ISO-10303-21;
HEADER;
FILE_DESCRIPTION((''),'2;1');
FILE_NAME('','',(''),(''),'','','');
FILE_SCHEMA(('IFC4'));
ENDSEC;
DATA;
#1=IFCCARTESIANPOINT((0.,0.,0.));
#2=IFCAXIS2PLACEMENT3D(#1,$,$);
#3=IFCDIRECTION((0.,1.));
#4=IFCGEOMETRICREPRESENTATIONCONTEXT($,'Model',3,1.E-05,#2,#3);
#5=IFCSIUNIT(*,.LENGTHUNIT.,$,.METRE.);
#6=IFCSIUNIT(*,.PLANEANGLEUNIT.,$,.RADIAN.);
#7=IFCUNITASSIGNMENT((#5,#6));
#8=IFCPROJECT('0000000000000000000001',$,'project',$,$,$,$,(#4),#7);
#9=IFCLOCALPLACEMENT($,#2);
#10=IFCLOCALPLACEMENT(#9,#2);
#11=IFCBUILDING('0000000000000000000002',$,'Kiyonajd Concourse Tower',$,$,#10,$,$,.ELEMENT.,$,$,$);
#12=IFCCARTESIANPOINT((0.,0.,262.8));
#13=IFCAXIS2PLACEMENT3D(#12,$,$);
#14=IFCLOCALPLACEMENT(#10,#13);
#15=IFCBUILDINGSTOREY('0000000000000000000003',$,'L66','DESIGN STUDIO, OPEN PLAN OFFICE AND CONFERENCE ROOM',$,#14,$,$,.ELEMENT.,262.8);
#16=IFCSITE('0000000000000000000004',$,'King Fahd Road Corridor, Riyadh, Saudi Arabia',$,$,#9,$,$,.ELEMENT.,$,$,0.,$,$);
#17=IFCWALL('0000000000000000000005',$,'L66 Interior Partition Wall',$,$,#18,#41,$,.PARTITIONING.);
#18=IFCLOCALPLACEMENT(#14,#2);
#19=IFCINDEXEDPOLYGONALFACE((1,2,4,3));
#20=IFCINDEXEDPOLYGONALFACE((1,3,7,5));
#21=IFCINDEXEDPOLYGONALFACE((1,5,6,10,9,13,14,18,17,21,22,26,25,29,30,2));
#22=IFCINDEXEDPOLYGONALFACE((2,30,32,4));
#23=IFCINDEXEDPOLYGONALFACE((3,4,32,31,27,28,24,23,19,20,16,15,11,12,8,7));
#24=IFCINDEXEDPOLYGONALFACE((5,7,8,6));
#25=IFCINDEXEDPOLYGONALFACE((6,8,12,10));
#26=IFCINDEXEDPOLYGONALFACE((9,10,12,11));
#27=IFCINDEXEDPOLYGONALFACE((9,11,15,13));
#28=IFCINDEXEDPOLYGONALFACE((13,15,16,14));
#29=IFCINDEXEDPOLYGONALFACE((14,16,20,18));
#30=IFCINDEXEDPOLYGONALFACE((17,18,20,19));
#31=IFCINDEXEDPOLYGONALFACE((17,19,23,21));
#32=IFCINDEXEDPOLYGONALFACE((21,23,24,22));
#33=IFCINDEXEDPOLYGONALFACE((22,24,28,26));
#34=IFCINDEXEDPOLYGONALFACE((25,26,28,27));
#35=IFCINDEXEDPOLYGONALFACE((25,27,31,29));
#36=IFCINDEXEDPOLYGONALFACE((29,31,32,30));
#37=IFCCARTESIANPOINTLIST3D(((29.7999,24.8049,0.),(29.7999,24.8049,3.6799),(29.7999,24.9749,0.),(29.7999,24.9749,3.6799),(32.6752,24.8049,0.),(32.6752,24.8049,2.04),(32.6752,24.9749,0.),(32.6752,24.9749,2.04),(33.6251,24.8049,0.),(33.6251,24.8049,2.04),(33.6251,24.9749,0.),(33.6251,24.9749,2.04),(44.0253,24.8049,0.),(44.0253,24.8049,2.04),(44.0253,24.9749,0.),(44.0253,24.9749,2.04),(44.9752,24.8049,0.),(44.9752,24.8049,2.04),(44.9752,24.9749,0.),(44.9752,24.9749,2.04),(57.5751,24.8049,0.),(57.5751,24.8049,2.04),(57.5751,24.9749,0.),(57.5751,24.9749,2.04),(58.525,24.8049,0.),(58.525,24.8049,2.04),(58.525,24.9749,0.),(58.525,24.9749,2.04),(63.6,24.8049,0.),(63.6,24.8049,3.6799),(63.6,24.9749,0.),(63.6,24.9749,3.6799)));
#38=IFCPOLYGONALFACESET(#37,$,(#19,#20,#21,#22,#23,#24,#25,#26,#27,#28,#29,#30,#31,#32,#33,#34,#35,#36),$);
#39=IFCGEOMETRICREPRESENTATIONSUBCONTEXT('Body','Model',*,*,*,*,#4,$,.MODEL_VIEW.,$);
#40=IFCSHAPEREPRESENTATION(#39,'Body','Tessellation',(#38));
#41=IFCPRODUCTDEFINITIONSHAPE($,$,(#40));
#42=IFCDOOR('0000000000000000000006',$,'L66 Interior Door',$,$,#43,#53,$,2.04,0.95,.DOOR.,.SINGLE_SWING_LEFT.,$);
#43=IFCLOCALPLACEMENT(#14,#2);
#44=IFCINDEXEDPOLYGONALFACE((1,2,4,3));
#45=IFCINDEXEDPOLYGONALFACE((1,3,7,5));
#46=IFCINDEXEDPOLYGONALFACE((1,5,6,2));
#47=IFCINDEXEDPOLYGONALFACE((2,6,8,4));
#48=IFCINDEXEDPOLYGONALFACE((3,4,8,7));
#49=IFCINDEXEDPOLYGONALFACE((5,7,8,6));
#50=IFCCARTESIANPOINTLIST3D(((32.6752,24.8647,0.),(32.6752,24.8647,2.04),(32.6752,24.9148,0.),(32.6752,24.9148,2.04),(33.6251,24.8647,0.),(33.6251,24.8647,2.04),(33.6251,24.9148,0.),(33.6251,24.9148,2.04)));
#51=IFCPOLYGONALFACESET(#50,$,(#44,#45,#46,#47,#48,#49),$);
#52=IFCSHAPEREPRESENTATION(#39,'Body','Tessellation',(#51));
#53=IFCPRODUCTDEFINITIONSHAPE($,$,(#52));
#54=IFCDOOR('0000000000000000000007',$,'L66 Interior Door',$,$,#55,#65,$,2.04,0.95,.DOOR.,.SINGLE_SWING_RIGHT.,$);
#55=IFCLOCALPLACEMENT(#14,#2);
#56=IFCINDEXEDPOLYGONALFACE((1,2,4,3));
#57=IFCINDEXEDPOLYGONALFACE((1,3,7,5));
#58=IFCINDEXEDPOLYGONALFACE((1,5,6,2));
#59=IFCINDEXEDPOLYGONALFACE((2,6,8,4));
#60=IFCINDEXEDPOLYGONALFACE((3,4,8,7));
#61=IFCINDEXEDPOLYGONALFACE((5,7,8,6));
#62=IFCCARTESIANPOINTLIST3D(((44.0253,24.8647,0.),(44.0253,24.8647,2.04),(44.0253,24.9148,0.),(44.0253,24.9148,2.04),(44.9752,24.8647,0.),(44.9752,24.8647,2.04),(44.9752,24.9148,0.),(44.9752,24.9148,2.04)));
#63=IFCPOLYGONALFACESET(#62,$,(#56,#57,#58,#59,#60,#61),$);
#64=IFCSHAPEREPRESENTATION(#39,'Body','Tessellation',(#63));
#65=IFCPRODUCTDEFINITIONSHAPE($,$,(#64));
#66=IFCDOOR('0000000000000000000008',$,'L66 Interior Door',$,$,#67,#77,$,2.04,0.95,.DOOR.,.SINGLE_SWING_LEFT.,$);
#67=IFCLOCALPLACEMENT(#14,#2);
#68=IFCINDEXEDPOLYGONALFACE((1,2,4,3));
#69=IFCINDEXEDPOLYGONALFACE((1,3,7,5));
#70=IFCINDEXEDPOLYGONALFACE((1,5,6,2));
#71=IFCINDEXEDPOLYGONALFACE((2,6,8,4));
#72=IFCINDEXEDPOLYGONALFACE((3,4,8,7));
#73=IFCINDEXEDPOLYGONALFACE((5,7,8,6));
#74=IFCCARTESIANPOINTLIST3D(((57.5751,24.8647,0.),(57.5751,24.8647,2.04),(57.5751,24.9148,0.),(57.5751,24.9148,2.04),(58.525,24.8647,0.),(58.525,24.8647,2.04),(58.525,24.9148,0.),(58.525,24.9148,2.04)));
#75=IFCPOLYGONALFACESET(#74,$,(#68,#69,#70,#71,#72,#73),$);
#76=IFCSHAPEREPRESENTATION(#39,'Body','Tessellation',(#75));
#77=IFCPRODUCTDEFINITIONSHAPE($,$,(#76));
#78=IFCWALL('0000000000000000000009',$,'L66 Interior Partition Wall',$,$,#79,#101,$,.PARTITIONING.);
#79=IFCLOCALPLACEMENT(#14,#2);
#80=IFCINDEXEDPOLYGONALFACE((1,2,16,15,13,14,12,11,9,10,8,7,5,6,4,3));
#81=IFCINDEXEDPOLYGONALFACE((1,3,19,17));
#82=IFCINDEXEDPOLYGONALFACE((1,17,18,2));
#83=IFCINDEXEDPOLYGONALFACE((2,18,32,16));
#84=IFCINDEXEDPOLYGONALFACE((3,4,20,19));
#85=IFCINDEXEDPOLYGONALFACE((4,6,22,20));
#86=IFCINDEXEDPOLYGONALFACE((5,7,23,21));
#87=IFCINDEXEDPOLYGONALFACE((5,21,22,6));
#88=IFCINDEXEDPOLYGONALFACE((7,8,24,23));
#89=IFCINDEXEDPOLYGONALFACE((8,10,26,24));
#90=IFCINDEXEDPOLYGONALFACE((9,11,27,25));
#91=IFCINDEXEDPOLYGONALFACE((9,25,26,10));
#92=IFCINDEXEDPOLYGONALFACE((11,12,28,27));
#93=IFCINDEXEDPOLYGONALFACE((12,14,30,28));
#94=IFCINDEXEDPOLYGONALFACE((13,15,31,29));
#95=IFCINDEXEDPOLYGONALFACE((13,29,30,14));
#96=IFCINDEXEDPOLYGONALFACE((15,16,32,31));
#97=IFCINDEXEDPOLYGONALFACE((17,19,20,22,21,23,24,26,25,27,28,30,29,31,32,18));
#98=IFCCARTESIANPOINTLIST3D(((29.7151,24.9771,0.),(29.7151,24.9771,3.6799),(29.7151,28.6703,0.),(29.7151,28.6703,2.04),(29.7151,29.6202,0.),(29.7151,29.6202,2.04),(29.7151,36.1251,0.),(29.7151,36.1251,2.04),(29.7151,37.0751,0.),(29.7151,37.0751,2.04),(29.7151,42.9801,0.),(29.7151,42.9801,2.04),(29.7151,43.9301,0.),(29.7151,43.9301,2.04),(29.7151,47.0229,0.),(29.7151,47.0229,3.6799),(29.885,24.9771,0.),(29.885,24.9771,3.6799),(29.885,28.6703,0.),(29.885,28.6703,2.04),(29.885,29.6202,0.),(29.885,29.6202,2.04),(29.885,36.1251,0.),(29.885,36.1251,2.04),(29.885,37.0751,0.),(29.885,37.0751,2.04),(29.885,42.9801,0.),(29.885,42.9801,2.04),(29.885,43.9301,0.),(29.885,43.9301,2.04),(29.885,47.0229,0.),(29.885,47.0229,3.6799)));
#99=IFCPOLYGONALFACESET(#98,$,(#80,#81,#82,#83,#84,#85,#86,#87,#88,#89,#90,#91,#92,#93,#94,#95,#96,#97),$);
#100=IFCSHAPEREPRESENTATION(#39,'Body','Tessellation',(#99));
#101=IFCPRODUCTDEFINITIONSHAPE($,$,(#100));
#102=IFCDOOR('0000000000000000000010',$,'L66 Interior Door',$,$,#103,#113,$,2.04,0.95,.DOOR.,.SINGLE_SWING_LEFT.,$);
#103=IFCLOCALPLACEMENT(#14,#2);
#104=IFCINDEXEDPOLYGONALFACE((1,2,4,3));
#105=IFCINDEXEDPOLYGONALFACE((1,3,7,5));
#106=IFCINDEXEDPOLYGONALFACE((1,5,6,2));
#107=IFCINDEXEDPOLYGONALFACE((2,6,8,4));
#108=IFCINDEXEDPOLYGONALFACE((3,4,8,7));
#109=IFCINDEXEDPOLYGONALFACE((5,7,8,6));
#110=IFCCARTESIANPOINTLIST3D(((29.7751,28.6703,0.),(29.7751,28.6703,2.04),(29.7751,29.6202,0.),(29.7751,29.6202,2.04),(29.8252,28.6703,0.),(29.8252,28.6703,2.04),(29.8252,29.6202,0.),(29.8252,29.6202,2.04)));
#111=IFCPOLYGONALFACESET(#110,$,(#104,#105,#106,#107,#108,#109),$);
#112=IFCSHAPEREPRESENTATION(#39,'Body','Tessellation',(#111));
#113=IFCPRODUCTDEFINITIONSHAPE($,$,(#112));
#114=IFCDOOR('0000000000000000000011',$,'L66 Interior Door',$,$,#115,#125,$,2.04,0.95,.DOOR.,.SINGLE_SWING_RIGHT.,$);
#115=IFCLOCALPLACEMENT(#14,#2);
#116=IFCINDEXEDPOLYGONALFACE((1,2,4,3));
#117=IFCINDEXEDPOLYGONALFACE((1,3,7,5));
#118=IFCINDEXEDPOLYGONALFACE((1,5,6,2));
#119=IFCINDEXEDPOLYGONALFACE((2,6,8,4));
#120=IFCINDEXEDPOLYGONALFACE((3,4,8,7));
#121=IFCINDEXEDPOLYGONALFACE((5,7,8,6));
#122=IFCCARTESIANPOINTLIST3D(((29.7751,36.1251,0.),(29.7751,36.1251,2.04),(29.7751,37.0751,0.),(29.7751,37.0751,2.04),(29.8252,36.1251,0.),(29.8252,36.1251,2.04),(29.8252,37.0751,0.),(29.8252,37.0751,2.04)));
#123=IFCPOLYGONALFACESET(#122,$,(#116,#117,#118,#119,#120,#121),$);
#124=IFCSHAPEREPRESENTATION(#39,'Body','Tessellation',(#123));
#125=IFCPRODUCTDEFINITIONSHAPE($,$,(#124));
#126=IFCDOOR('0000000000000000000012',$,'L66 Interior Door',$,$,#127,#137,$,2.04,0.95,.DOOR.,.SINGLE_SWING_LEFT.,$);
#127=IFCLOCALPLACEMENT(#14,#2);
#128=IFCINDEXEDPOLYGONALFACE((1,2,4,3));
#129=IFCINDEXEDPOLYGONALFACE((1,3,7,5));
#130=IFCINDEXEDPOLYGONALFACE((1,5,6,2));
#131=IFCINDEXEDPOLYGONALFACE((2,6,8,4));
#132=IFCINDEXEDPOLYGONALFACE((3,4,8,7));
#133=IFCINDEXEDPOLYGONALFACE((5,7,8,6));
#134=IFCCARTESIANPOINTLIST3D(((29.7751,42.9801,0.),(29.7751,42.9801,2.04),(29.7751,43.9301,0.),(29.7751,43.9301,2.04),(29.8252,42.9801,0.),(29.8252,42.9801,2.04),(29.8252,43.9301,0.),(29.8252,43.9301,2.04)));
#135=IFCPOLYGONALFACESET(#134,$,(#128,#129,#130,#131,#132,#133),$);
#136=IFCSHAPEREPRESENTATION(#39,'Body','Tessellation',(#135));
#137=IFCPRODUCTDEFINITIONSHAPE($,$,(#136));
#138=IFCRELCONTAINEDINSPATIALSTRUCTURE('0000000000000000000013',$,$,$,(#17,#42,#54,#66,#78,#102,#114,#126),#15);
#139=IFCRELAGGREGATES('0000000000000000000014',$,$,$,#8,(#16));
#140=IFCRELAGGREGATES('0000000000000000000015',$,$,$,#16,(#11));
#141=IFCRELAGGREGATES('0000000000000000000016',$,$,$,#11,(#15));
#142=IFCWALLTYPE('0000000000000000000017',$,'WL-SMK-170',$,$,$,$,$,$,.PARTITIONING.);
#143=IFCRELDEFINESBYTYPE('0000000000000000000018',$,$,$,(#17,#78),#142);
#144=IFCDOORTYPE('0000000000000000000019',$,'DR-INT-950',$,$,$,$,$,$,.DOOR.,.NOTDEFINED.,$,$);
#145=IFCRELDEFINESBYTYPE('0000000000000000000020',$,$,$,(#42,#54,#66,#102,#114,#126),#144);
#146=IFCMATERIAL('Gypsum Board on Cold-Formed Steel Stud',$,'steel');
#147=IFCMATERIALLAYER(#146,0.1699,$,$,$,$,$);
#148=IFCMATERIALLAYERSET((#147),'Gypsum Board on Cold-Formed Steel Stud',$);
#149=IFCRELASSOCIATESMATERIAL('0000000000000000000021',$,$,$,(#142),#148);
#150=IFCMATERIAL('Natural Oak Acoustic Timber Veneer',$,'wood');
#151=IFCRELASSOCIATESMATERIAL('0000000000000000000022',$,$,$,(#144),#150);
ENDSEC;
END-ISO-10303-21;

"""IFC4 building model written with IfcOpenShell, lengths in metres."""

from ifc_helpers import new_model, si_unit, direction, frame, frame_2d, origin, place, context, subcontext, project, spatial, rectangle, extrude, material, layer, layer_set, type_object, element, fill, save


model = new_model("IFC4")

# Units and contexts
model_context = context("Model", 3, precision=1e-05, world=origin(), true_north=direction((0.0, 1.0)))
body_context = subcontext(model_context, "Body", "Model", "MODEL_VIEW")
ifc_project = project(units=[si_unit("LENGTHUNIT", "METRE"), si_unit("PLANEANGLEUNIT", "RADIAN")], contexts=[model_context])

# Site, building, storey
site_placement = place(None, origin())
site = spatial("IfcSite", under=ifc_project, at=site_placement, Name="King Fahd Road Corridor, Riyadh, Saudi Arabia", CompositionType="ELEMENT", RefElevation=0.0)
building_placement = place(site_placement, origin())
building = spatial("IfcBuilding", under=site, at=building_placement, Name="Kiyonajd Concourse Tower", CompositionType="ELEMENT")
storey_placement = place(building_placement, frame((0.0, 0.0, 262.8)))
storey = spatial("IfcBuildingStorey", under=building, at=storey_placement, Name="L66", Description="DESIGN STUDIO, OPEN PLAN OFFICE AND CONFERENCE ROOM", CompositionType="ELEMENT", Elevation=262.8)

# Shared definitions
ifc_material_1 = material(Name="Gypsum Board on Cold-Formed Steel Stud", Category="steel")

# Walls, openings, doors
ifc_layer_1 = layer(ifc_material_1, 0.1699)
ifc_layer_set_1 = layer_set([ifc_layer_1], Name="Gypsum Board on Cold-Formed Steel Stud")
wall_type_1 = type_object("IfcWallType", Name="WL-SMK-170", PredefinedType="PARTITIONING", material=ifc_layer_set_1)
wall_1_placement = place(storey_placement, frame((29.8, 24.8899, 0.0), z_axis=(0.0, 0.0, 1.0), x_axis=(1.0, 0.0, 0.0)))
wall_1 = element("IfcWall", 1, at=wall_1_placement, inside=storey, type_object=wall_type_1, Name="L66 Interior Partition Wall", PredefinedType="PARTITIONING", context=body_context, shape_type="SweptSolid", body=[
    extrude(rectangle(XDim=33.8, YDim=0.1699, at=frame_2d((16.8999, 0.0))), origin(), (0.0, 0.0, 1.0), 3.6799),
])
opening_1_placement = place(wall_1_placement, frame((2.875, 0.0, 0.0)))
opening_1 = element("IfcOpeningElement", 2, at=opening_1_placement, cuts=wall_1, PredefinedType="OPENING", context=body_context, shape_type="SweptSolid", body=[
    extrude(rectangle(XDim=0.95, YDim=2.04, at=frame_2d((0.4751, 1.02))), frame((0.0, 0.095, 0.0), z_axis=(0.0, -1.0, 0.0), x_axis=(1.0, 0.0, 0.0)), (0.0, 0.0, 1.0), 0.1899),
])
opening_2_placement = place(wall_1_placement, frame((14.2251, 0.0, 0.0)))
opening_2 = element("IfcOpeningElement", 3, at=opening_2_placement, cuts=wall_1, PredefinedType="OPENING", context=body_context, shape_type="SweptSolid", body=[
    extrude(rectangle(XDim=0.95, YDim=2.04, at=frame_2d((0.4751, 1.02))), frame((0.0, 0.095, 0.0), z_axis=(0.0, -1.0, 0.0), x_axis=(1.0, 0.0, 0.0)), (0.0, 0.0, 1.0), 0.1899),
])
opening_3_placement = place(wall_1_placement, frame((27.7749, 0.0, 0.0)))
opening_3 = element("IfcOpeningElement", 4, at=opening_3_placement, cuts=wall_1, PredefinedType="OPENING", context=body_context, shape_type="SweptSolid", body=[
    extrude(rectangle(XDim=0.95, YDim=2.04, at=frame_2d((0.4751, 1.02))), frame((0.0, 0.095, 0.0), z_axis=(0.0, -1.0, 0.0), x_axis=(1.0, 0.0, 0.0)), (0.0, 0.0, 1.0), 0.1899),
])
ifc_material_2 = material(Name="Natural Oak Acoustic Timber Veneer", Category="wood")
door_type_1 = type_object("IfcDoorType", Name="DR-INT-950", OperationType="NOTDEFINED", PredefinedType="DOOR", material=ifc_material_2)
door_1_placement = place(opening_1_placement, origin())
door_1 = element("IfcDoor", 5, at=door_1_placement, inside=storey, type_object=door_type_1, Name="L66 Interior Door", OperationType="SINGLE_SWING_LEFT", OverallHeight=2.04, OverallWidth=0.95, PredefinedType="DOOR", context=body_context, shape_type="SweptSolid", body=[
    extrude(rectangle(XDim=0.95, YDim=2.04, at=frame_2d((0.4751, 1.02))), frame((0.0, 0.0249, 0.0), z_axis=(0.0, -1.0, 0.0), x_axis=(1.0, 0.0, 0.0)), (0.0, 0.0, 1.0), 0.05),
])
fill(opening_1, door_1)
door_2_placement = place(opening_2_placement, origin())
door_2 = element("IfcDoor", 6, at=door_2_placement, inside=storey, type_object=door_type_1, Name="L66 Interior Door", OperationType="SINGLE_SWING_RIGHT", OverallHeight=2.04, OverallWidth=0.95, PredefinedType="DOOR", context=body_context, shape_type="SweptSolid", body=[
    extrude(rectangle(XDim=0.95, YDim=2.04, at=frame_2d((0.4751, 1.02))), frame((0.0, 0.0249, 0.0), z_axis=(0.0, -1.0, 0.0), x_axis=(1.0, 0.0, 0.0)), (0.0, 0.0, 1.0), 0.05),
])
fill(opening_2, door_2)
door_3_placement = place(opening_3_placement, origin())
door_3 = element("IfcDoor", 7, at=door_3_placement, inside=storey, type_object=door_type_1, Name="L66 Interior Door", OperationType="SINGLE_SWING_LEFT", OverallHeight=2.04, OverallWidth=0.95, PredefinedType="DOOR", context=body_context, shape_type="SweptSolid", body=[
    extrude(rectangle(XDim=0.95, YDim=2.04, at=frame_2d((0.4751, 1.02))), frame((0.0, 0.0249, 0.0), z_axis=(0.0, -1.0, 0.0), x_axis=(1.0, 0.0, 0.0)), (0.0, 0.0, 1.0), 0.05),
])
fill(opening_3, door_3)
wall_2_placement = place(storey_placement, frame((29.8, 24.9771, 0.0), z_axis=(0.0, 0.0, 1.0), x_axis=(0.0, 1.0, 0.0)))
wall_2 = element("IfcWall", 8, at=wall_2_placement, inside=storey, type_object=wall_type_1, Name="L66 Interior Partition Wall", PredefinedType="PARTITIONING", context=body_context, shape_type="SweptSolid", body=[
    extrude(rectangle(XDim=22.0459, YDim=0.1699, at=frame_2d((11.0229, 0.0))), origin(), (0.0, 0.0, 1.0), 3.6799),
])
opening_4_placement = place(wall_2_placement, frame((3.6931, 0.0, 0.0)))
opening_4 = element("IfcOpeningElement", 9, at=opening_4_placement, cuts=wall_2, PredefinedType="OPENING", context=body_context, shape_type="SweptSolid", body=[
    extrude(rectangle(XDim=0.95, YDim=2.04, at=frame_2d((0.4751, 1.02))), frame((0.0, 0.095, 0.0), z_axis=(0.0, -1.0, 0.0), x_axis=(1.0, 0.0, 0.0)), (0.0, 0.0, 1.0), 0.1899),
])
opening_5_placement = place(wall_2_placement, frame((11.1479, 0.0, 0.0)))
opening_5 = element("IfcOpeningElement", 10, at=opening_5_placement, cuts=wall_2, PredefinedType="OPENING", context=body_context, shape_type="SweptSolid", body=[
    extrude(rectangle(XDim=0.95, YDim=2.04, at=frame_2d((0.4751, 1.02))), frame((0.0, 0.095, 0.0), z_axis=(0.0, -1.0, 0.0), x_axis=(1.0, 0.0, 0.0)), (0.0, 0.0, 1.0), 0.1899),
])
opening_6_placement = place(wall_2_placement, frame((18.0029, 0.0, 0.0)))
opening_6 = element("IfcOpeningElement", 11, at=opening_6_placement, cuts=wall_2, PredefinedType="OPENING", context=body_context, shape_type="SweptSolid", body=[
    extrude(rectangle(XDim=0.95, YDim=2.04, at=frame_2d((0.4751, 1.02))), frame((0.0, 0.095, 0.0), z_axis=(0.0, -1.0, 0.0), x_axis=(1.0, 0.0, 0.0)), (0.0, 0.0, 1.0), 0.1899),
])
door_4_placement = place(opening_4_placement, origin())
door_4 = element("IfcDoor", 12, at=door_4_placement, inside=storey, type_object=door_type_1, Name="L66 Interior Door", OperationType="SINGLE_SWING_LEFT", OverallHeight=2.04, OverallWidth=0.95, PredefinedType="DOOR", context=body_context, shape_type="SweptSolid", body=[
    extrude(rectangle(XDim=0.95, YDim=2.04, at=frame_2d((0.4751, 1.02))), frame((0.0, 0.0249, 0.0), z_axis=(0.0, -1.0, 0.0), x_axis=(1.0, 0.0, 0.0)), (0.0, 0.0, 1.0), 0.05),
])
fill(opening_4, door_4)
door_5_placement = place(opening_5_placement, origin())
door_5 = element("IfcDoor", 13, at=door_5_placement, inside=storey, type_object=door_type_1, Name="L66 Interior Door", OperationType="SINGLE_SWING_RIGHT", OverallHeight=2.04, OverallWidth=0.95, PredefinedType="DOOR", context=body_context, shape_type="SweptSolid", body=[
    extrude(rectangle(XDim=0.95, YDim=2.04, at=frame_2d((0.4751, 1.02))), frame((0.0, 0.0249, 0.0), z_axis=(0.0, -1.0, 0.0), x_axis=(1.0, 0.0, 0.0)), (0.0, 0.0, 1.0), 0.05),
])
fill(opening_5, door_5)
door_6_placement = place(opening_6_placement, origin())
door_6 = element("IfcDoor", 14, at=door_6_placement, inside=storey, type_object=door_type_1, Name="L66 Interior Door", OperationType="SINGLE_SWING_LEFT", OverallHeight=2.04, OverallWidth=0.95, PredefinedType="DOOR", context=body_context, shape_type="SweptSolid", body=[
    extrude(rectangle(XDim=0.95, YDim=2.04, at=frame_2d((0.4751, 1.02))), frame((0.0, 0.0249, 0.0), z_axis=(0.0, -1.0, 0.0), x_axis=(1.0, 0.0, 0.0)), (0.0, 0.0, 1.0), 0.05),
])
fill(opening_6, door_6)

save(model, "model.ifc")
